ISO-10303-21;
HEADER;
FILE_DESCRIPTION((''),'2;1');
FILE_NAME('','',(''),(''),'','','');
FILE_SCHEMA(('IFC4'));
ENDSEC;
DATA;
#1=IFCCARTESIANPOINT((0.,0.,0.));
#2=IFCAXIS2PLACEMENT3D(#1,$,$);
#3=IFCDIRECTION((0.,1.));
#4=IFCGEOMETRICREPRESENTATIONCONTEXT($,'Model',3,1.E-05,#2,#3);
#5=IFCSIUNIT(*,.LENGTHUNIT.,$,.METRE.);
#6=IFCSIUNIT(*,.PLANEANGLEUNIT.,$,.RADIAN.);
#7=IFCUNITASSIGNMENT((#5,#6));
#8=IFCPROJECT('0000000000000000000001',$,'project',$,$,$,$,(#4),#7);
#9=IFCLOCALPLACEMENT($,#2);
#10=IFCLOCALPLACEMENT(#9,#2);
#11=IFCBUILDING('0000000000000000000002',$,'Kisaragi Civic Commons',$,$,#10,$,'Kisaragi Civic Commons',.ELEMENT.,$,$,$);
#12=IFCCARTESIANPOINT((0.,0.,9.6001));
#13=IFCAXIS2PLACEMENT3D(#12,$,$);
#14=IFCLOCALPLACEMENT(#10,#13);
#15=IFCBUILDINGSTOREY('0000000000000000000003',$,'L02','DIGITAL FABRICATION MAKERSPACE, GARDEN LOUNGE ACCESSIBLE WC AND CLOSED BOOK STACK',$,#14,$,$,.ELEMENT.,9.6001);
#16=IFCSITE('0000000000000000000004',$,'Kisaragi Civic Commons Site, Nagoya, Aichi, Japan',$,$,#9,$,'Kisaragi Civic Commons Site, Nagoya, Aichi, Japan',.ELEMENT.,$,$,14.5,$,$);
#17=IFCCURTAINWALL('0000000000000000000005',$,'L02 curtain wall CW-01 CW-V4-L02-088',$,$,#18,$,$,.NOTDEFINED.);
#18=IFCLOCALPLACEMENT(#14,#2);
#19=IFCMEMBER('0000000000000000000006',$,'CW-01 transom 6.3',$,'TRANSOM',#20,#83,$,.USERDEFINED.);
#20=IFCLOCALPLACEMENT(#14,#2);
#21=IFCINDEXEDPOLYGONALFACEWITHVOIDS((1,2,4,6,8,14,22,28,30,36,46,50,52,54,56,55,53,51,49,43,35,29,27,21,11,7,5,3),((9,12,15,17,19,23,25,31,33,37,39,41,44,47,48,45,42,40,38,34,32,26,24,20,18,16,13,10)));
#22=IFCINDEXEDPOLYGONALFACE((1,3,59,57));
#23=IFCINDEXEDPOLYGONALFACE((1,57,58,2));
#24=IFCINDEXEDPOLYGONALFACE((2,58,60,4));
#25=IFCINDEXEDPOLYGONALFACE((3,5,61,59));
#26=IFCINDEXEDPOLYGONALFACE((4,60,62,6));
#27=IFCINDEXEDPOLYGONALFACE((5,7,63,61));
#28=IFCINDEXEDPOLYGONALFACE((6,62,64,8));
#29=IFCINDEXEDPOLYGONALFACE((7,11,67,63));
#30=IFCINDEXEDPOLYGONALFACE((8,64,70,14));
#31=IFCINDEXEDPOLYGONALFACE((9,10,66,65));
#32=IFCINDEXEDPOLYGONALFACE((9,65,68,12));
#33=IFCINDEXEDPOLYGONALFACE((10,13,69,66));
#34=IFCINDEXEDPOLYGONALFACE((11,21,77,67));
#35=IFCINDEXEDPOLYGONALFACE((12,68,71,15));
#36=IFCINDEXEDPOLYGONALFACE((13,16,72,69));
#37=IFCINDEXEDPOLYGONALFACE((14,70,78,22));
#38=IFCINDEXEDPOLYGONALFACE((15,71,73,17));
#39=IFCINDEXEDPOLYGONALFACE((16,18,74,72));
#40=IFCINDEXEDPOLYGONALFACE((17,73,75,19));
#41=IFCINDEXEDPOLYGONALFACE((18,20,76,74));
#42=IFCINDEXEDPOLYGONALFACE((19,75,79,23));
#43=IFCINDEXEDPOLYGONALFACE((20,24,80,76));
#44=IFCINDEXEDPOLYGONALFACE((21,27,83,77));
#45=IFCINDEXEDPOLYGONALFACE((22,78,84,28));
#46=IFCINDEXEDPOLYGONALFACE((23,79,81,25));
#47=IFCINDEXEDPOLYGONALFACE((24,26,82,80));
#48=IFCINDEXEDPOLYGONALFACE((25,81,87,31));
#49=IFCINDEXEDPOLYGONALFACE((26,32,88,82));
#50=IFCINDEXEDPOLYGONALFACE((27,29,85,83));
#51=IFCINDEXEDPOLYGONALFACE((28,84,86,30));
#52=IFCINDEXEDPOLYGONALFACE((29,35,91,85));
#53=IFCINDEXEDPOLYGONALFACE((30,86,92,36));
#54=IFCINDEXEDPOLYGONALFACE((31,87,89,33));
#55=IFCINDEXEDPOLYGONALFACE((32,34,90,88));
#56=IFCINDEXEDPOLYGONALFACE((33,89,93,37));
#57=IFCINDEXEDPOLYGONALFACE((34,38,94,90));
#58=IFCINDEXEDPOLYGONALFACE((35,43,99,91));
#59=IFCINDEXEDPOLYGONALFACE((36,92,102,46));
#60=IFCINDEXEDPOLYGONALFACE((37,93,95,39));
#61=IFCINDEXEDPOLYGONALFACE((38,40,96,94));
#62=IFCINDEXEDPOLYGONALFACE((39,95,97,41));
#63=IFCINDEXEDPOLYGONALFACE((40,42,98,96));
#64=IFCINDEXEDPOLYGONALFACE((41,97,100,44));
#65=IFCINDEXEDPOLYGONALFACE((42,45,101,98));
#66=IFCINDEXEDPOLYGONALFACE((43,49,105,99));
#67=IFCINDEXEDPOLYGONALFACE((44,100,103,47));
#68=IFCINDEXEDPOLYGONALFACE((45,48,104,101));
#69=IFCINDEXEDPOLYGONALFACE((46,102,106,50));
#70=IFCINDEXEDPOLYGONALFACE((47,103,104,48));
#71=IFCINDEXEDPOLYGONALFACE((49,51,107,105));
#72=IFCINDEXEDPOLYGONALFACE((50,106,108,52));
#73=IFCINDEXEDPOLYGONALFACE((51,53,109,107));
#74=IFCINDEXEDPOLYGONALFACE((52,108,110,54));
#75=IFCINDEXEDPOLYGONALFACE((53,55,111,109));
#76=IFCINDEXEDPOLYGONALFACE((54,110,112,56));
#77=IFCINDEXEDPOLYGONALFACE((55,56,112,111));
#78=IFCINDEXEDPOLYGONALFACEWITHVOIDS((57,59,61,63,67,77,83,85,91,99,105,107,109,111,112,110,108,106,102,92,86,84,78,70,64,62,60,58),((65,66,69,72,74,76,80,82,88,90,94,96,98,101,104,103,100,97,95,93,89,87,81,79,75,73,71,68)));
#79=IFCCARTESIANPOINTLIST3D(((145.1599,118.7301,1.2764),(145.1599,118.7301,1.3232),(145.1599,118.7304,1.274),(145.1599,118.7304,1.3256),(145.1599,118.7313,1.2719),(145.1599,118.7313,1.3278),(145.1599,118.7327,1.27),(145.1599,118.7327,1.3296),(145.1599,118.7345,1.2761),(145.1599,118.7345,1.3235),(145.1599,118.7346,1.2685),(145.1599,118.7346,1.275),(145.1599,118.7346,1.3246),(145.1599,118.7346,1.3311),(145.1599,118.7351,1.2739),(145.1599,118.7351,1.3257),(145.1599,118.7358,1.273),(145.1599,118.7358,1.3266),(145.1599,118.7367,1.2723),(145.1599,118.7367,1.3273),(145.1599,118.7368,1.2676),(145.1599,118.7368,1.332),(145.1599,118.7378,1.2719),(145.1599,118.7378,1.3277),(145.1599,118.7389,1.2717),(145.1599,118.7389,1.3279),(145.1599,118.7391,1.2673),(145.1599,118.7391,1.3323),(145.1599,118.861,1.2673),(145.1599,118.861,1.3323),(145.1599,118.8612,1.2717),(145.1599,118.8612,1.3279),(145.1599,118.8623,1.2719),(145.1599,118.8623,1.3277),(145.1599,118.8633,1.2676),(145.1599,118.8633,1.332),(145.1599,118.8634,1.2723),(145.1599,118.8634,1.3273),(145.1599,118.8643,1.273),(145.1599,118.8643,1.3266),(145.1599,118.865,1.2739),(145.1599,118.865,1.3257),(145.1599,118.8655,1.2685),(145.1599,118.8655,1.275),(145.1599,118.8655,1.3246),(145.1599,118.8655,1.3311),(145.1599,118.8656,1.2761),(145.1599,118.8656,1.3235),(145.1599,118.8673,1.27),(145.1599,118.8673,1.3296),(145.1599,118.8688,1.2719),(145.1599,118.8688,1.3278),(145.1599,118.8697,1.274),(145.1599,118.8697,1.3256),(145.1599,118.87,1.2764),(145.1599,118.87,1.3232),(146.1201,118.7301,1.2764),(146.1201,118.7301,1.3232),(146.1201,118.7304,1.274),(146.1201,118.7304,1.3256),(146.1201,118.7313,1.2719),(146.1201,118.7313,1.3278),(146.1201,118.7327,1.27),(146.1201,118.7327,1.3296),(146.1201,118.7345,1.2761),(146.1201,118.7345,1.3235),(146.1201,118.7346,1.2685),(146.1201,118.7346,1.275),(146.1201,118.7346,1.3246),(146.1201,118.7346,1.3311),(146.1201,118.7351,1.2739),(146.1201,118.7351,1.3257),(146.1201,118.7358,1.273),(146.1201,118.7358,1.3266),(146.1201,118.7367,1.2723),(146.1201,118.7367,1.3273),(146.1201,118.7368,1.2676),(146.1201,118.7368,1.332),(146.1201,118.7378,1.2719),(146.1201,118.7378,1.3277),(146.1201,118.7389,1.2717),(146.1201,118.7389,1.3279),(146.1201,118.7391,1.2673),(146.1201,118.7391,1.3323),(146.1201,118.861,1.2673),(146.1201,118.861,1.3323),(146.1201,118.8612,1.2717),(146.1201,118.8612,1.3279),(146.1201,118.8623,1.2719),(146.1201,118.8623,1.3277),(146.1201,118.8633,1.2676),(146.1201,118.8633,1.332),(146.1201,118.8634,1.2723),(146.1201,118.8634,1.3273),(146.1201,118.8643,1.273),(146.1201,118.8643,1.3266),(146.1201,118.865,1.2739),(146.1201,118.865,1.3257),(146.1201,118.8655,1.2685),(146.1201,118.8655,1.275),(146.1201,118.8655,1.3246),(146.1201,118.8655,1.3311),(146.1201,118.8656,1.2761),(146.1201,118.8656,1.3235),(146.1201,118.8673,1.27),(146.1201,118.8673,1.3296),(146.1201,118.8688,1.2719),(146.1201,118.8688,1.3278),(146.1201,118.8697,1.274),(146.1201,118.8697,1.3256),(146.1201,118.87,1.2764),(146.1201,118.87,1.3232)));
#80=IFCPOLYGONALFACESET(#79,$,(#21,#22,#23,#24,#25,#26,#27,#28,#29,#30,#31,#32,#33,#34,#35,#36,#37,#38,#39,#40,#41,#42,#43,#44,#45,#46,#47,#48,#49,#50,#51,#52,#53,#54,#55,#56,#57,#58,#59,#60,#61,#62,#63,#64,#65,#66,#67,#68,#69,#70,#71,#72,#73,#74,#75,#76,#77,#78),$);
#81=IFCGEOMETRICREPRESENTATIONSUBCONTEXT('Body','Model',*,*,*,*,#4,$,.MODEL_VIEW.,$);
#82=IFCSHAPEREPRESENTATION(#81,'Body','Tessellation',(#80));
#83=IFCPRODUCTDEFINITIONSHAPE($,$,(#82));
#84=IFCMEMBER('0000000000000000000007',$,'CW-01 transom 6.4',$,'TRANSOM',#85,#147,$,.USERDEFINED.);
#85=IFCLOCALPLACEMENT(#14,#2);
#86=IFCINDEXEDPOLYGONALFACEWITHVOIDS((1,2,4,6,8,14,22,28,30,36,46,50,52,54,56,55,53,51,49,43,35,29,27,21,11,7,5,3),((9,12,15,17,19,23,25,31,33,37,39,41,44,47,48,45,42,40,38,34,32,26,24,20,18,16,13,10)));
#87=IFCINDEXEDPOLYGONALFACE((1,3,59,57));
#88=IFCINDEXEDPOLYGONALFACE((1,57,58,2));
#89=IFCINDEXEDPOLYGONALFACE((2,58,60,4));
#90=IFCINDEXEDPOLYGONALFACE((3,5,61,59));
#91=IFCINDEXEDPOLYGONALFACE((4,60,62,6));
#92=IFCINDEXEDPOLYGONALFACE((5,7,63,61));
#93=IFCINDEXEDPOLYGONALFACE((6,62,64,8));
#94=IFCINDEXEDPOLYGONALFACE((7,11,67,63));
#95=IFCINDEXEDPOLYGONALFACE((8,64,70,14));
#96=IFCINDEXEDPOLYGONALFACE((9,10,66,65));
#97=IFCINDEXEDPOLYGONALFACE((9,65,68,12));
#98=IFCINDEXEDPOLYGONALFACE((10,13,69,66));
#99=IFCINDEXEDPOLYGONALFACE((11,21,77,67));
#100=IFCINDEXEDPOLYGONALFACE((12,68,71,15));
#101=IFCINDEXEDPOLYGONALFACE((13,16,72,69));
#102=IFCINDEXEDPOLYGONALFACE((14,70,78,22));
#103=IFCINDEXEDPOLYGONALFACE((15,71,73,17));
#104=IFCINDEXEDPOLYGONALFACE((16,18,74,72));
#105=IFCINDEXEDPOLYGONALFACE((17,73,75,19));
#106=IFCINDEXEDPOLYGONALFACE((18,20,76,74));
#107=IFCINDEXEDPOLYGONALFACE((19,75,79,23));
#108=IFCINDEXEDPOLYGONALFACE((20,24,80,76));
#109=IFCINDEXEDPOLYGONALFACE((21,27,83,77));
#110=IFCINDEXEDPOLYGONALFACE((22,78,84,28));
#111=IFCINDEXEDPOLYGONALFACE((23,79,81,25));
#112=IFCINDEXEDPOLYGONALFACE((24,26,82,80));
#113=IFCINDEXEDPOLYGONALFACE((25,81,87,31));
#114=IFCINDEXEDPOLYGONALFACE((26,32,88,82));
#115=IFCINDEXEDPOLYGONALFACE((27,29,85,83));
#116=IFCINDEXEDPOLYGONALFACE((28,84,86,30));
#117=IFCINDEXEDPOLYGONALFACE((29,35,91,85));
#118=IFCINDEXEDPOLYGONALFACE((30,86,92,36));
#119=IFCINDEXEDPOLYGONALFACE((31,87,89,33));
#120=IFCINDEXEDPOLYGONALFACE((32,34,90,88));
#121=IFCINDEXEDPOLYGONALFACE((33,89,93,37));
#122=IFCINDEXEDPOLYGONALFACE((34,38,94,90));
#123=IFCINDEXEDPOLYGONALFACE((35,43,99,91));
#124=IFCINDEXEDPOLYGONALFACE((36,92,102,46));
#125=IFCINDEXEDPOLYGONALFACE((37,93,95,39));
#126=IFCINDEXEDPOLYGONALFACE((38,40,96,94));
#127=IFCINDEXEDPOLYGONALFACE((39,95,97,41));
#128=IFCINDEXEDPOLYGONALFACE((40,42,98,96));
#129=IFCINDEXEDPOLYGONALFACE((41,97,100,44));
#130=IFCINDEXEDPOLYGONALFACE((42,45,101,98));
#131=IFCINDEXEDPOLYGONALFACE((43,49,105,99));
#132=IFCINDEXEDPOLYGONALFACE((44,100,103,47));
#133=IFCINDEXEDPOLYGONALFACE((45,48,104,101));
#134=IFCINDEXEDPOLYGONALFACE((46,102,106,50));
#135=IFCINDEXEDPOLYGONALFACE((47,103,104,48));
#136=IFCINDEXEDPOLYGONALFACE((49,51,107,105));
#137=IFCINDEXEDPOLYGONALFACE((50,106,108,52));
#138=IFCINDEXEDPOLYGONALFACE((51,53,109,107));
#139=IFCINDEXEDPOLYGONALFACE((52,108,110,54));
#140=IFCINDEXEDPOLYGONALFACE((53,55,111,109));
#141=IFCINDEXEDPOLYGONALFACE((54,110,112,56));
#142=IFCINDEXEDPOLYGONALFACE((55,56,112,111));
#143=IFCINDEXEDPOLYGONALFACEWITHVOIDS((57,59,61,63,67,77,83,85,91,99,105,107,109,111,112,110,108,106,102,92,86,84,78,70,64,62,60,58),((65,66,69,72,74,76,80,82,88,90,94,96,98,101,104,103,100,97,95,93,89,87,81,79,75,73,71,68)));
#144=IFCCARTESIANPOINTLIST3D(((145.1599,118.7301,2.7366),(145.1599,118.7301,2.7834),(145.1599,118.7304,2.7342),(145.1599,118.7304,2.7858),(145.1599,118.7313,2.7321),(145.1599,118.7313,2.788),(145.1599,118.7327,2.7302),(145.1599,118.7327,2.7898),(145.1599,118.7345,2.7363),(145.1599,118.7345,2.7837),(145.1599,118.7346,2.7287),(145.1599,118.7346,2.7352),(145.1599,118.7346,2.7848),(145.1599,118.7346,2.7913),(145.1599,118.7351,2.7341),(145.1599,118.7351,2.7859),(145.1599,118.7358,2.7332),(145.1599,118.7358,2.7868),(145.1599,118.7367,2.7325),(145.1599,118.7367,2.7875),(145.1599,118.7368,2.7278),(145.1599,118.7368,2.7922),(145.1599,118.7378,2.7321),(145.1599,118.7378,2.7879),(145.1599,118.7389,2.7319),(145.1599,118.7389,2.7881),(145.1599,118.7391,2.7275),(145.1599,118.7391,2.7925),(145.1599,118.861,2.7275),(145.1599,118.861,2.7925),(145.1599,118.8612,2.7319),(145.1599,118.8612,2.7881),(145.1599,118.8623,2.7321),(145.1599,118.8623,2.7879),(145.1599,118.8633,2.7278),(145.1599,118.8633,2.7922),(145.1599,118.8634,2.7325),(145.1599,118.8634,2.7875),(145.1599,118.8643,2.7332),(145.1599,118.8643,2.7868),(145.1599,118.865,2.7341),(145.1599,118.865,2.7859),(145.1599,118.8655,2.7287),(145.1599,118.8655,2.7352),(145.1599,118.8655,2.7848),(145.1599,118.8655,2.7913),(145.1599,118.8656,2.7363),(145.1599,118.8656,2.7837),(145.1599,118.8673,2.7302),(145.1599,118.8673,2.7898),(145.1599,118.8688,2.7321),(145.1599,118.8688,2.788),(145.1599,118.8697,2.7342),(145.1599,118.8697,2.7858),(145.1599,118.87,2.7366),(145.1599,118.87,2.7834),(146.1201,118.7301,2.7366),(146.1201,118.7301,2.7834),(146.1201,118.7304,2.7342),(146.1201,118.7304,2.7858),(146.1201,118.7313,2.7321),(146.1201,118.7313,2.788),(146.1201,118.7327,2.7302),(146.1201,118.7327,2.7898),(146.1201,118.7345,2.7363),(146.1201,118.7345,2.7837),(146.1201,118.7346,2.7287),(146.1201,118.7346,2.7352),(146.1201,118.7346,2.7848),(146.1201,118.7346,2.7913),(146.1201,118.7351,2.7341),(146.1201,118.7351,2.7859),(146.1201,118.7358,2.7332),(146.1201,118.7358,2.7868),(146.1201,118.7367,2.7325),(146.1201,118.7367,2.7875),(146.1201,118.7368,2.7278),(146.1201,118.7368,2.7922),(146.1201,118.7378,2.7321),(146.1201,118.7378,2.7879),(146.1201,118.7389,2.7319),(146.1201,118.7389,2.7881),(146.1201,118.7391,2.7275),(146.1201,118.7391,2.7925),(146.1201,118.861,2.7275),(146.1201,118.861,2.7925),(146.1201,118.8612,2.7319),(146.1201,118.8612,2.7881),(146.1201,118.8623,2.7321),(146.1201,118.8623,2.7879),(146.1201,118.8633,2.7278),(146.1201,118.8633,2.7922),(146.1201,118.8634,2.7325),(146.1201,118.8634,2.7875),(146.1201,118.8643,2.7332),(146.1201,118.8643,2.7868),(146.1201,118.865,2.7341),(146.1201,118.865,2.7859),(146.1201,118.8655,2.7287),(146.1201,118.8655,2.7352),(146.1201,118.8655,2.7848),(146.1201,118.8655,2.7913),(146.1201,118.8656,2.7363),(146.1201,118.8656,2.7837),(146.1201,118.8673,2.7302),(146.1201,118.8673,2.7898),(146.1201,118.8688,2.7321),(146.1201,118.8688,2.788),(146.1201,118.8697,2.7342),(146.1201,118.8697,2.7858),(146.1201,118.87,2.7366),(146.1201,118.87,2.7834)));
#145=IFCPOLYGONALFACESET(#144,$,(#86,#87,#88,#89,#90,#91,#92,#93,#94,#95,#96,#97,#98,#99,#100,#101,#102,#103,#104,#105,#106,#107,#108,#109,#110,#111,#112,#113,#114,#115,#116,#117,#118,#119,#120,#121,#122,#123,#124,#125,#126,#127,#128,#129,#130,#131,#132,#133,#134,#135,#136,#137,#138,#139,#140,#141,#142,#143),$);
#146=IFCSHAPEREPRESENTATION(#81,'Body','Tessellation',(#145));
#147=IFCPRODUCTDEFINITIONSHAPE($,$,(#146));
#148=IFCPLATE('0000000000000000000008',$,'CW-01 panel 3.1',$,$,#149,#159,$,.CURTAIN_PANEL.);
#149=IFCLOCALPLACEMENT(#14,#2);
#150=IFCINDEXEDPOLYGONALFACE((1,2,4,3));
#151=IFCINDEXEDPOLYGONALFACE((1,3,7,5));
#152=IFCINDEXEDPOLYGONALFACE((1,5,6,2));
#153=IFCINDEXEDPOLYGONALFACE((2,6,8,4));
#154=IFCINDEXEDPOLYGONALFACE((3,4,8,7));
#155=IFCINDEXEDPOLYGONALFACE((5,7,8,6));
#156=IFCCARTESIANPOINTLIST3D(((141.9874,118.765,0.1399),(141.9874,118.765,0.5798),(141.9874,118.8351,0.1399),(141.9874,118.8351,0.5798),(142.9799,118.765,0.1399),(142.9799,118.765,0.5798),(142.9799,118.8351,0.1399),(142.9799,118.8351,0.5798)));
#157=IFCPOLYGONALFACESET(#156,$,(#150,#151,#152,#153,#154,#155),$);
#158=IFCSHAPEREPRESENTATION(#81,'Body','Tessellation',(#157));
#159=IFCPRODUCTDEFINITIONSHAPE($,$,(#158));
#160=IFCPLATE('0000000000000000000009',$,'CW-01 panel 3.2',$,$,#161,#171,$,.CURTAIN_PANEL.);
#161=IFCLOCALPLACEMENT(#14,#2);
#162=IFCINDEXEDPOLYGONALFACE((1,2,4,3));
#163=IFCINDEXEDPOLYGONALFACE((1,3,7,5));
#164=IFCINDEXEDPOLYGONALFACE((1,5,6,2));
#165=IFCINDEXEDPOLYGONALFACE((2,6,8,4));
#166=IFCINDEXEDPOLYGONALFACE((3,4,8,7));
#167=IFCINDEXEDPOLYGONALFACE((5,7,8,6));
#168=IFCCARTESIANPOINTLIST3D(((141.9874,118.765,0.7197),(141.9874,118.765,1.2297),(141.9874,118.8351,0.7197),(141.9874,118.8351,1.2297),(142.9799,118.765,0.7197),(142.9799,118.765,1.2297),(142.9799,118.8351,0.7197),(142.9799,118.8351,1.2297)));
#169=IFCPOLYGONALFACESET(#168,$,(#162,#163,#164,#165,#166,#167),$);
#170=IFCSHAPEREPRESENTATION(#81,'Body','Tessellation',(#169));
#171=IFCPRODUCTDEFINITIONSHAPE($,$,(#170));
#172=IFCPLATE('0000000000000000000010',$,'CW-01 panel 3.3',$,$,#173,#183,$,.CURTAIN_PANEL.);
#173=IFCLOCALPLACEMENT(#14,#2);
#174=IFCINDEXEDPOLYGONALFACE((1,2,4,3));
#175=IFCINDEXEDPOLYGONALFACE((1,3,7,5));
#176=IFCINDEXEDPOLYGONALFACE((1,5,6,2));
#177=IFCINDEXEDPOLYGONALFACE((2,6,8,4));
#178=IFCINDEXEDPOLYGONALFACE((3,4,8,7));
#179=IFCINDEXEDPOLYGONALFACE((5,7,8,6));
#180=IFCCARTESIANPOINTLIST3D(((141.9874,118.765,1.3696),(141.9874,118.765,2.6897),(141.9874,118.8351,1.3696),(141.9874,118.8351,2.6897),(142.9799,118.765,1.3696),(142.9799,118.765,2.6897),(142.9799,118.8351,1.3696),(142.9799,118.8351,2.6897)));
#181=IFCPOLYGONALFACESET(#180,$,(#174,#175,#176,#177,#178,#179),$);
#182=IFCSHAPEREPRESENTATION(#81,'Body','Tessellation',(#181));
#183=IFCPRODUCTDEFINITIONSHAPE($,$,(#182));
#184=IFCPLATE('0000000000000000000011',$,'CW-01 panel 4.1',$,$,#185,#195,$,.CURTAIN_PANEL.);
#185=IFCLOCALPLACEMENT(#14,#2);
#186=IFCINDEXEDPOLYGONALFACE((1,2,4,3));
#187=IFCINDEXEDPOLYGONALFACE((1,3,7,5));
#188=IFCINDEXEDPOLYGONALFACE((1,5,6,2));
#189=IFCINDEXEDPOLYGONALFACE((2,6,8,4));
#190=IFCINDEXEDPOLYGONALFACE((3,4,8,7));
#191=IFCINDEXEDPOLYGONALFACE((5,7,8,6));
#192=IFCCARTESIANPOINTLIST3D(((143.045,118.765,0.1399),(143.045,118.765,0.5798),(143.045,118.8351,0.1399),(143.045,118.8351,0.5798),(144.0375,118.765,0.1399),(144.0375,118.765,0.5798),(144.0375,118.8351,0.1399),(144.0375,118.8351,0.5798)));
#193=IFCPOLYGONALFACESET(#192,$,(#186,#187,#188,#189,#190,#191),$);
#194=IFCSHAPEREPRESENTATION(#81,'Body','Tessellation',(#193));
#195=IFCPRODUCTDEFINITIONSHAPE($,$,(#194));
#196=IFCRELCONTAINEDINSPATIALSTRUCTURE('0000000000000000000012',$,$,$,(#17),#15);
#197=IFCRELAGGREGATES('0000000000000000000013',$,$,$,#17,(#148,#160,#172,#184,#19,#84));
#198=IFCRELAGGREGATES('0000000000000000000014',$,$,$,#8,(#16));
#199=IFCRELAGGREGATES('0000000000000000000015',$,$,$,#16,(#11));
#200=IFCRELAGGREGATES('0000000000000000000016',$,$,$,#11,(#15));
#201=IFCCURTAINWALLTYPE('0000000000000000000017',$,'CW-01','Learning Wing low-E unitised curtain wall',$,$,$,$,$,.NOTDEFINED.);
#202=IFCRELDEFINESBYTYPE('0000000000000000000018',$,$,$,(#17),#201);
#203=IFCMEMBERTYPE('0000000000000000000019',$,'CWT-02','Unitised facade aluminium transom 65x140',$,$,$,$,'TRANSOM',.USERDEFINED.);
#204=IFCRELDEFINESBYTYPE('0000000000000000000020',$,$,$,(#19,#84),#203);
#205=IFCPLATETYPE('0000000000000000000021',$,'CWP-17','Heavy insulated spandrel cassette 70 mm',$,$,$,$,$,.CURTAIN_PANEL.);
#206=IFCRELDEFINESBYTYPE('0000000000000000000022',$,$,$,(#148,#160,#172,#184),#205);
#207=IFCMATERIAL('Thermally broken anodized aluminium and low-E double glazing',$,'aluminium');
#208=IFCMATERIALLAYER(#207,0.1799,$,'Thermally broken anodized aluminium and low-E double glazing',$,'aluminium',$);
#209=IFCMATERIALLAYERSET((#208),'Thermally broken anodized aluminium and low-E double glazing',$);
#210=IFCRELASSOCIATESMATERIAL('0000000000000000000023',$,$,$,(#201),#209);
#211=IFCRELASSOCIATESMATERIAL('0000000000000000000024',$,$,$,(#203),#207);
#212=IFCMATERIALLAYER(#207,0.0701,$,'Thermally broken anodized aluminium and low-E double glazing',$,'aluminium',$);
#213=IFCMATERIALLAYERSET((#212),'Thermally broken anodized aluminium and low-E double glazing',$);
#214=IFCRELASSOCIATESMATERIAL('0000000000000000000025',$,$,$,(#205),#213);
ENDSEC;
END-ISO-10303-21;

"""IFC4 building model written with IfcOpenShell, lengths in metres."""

from ifc_helpers import new_model, si_unit, direction, frame, origin, origin_2d, place, context, subcontext, project, spatial, rectangle, hollow_rectangle, extrude, material, layer, layer_set, material_profile, profile_set, type_object, element, aggregate, save


model = new_model("IFC4")

# Units and contexts
model_context = context("Model", 3, precision=1e-05, world=origin(), true_north=direction((0.0, 1.0)))
body_context = subcontext(model_context, "Body", "Model", "MODEL_VIEW")
ifc_project = project(units=[si_unit("LENGTHUNIT", "METRE"), si_unit("PLANEANGLEUNIT", "RADIAN")], contexts=[model_context])

# Site, building, storey
site_placement = place(None, origin())
site = spatial("IfcSite", under=ifc_project, at=site_placement, Name="Kisaragi Civic Commons Site, Nagoya, Aichi, Japan", LongName="Kisaragi Civic Commons Site, Nagoya, Aichi, Japan", CompositionType="ELEMENT", RefElevation=14.5)
building_placement = place(site_placement, origin())
building = spatial("IfcBuilding", under=site, at=building_placement, Name="Kisaragi Civic Commons", LongName="Kisaragi Civic Commons", CompositionType="ELEMENT")
storey_placement = place(building_placement, frame((0.0, 0.0, 9.6001)))
storey = spatial("IfcBuildingStorey", under=building, at=storey_placement, Name="L02", Description="DIGITAL FABRICATION MAKERSPACE, GARDEN LOUNGE ACCESSIBLE WC AND CLOSED BOOK STACK", CompositionType="ELEMENT", Elevation=9.6001)

# Curtain wall, members, plates
ifc_material_1 = material(Name="Thermally broken anodized aluminium and low-E double glazing", Category="aluminium")
ifc_layer_1 = layer(ifc_material_1, 0.1799, Name="Thermally broken anodized aluminium and low-E double glazing", Category="aluminium")
ifc_layer_set_1 = layer_set([ifc_layer_1], Name="Thermally broken anodized aluminium and low-E double glazing")
curtain_wall_type = type_object("IfcCurtainWallType", Name="CW-01", Description="Learning Wing low-E unitised curtain wall", PredefinedType="NOTDEFINED", material=ifc_layer_set_1)
curtain_wall_placement = place(storey_placement, origin())
curtain_wall = element("IfcCurtainWall", 1, at=curtain_wall_placement, inside=storey, type_object=curtain_wall_type, Name="L02 curtain wall CW-01 CW-V4-L02-088", PredefinedType="NOTDEFINED")
ifc_material_profile_1 = material_profile(ifc_material_1, hollow_rectangle(XDim=0.1399, YDim=0.0649, WallThickness=0.0044, InnerFilletRadius=0.0044, OuterFilletRadius=0.009, at=origin_2d()), Name="CWT-65x140x4.5", Category="aluminium")
ifc_profile_set_1 = profile_set([ifc_material_profile_1], Name="Thermally broken anodized aluminium and low-E double glazing")
member_type_1 = type_object("IfcMemberType", Name="CWT-02", Description="Unitised facade aluminium transom 65x140", ElementType="TRANSOM", PredefinedType="USERDEFINED", material=ifc_profile_set_1)
member_1_placement = place(storey_placement, frame((145.1599, 118.8, 1.2998), z_axis=(1.0, 0.0, 0.0), x_axis=(0.0, 1.0, 0.0)))
member_1 = element("IfcMember", 2, at=member_1_placement, type_object=member_type_1, Name="CW-01 transom 6.3", ObjectType="TRANSOM", PredefinedType="USERDEFINED", context=body_context, shape_type="SweptSolid", body=[
    extrude(hollow_rectangle(XDim=0.1399, YDim=0.0649, WallThickness=0.0044, InnerFilletRadius=0.0044, OuterFilletRadius=0.009, at=origin_2d()), origin(), (0.0, 0.0, 1.0), 0.9602),
])
member_2_placement = place(storey_placement, frame((145.1599, 118.8, 2.76), z_axis=(1.0, 0.0, 0.0), x_axis=(0.0, 1.0, 0.0)))
member_2 = element("IfcMember", 3, at=member_2_placement, type_object=member_type_1, Name="CW-01 transom 6.4", ObjectType="TRANSOM", PredefinedType="USERDEFINED", context=body_context, shape_type="SweptSolid", body=[
    extrude(hollow_rectangle(XDim=0.1399, YDim=0.0649, WallThickness=0.0044, InnerFilletRadius=0.0044, OuterFilletRadius=0.009, at=origin_2d()), origin(), (0.0, 0.0, 1.0), 0.9602),
])
ifc_layer_2 = layer(ifc_material_1, 0.0701, Name="Thermally broken anodized aluminium and low-E double glazing", Category="aluminium")
ifc_layer_set_2 = layer_set([ifc_layer_2], Name="Thermally broken anodized aluminium and low-E double glazing")
plate_type = type_object("IfcPlateType", Name="CWP-17", Description="Heavy insulated spandrel cassette 70 mm", PredefinedType="CURTAIN_PANEL", material=ifc_layer_set_2)
plate_1_placement = place(storey_placement, frame((142.4836, 118.8, 0.1399), z_axis=(0.0, 0.0, 1.0), x_axis=(1.0, 0.0, 0.0)))
plate_1 = element("IfcPlate", 4, at=plate_1_placement, type_object=plate_type, Name="CW-01 panel 3.1", PredefinedType="CURTAIN_PANEL", context=body_context, shape_type="SweptSolid", body=[
    extrude(rectangle(XDim=0.9924, YDim=0.0701, at=origin_2d()), origin(), (0.0, 0.0, 1.0), 0.4399),
])
plate_2_placement = place(storey_placement, frame((142.4836, 118.8, 0.7197), z_axis=(0.0, 0.0, 1.0), x_axis=(1.0, 0.0, 0.0)))
plate_2 = element("IfcPlate", 5, at=plate_2_placement, type_object=plate_type, Name="CW-01 panel 3.2", PredefinedType="CURTAIN_PANEL", context=body_context, shape_type="SweptSolid", body=[
    extrude(rectangle(XDim=0.9924, YDim=0.0701, at=origin_2d()), origin(), (0.0, 0.0, 1.0), 0.51),
])
plate_3_placement = place(storey_placement, frame((142.4836, 118.8, 1.3696), z_axis=(0.0, 0.0, 1.0), x_axis=(1.0, 0.0, 0.0)))
plate_3 = element("IfcPlate", 6, at=plate_3_placement, type_object=plate_type, Name="CW-01 panel 3.3", PredefinedType="CURTAIN_PANEL", context=body_context, shape_type="SweptSolid", body=[
    extrude(rectangle(XDim=0.9924, YDim=0.0701, at=origin_2d()), origin(), (0.0, 0.0, 1.0), 1.3201),
])
plate_4_placement = place(storey_placement, frame((143.5413, 118.8, 0.1399), z_axis=(0.0, 0.0, 1.0), x_axis=(1.0, 0.0, 0.0)))
plate_4 = element("IfcPlate", 7, at=plate_4_placement, type_object=plate_type, Name="CW-01 panel 4.1", PredefinedType="CURTAIN_PANEL", context=body_context, shape_type="SweptSolid", body=[
    extrude(rectangle(XDim=0.9924, YDim=0.0701, at=origin_2d()), origin(), (0.0, 0.0, 1.0), 0.4399),
])
aggregate(curtain_wall, [plate_1, plate_2, plate_3, plate_4, member_1, member_2])

save(model, "model.ifc")
